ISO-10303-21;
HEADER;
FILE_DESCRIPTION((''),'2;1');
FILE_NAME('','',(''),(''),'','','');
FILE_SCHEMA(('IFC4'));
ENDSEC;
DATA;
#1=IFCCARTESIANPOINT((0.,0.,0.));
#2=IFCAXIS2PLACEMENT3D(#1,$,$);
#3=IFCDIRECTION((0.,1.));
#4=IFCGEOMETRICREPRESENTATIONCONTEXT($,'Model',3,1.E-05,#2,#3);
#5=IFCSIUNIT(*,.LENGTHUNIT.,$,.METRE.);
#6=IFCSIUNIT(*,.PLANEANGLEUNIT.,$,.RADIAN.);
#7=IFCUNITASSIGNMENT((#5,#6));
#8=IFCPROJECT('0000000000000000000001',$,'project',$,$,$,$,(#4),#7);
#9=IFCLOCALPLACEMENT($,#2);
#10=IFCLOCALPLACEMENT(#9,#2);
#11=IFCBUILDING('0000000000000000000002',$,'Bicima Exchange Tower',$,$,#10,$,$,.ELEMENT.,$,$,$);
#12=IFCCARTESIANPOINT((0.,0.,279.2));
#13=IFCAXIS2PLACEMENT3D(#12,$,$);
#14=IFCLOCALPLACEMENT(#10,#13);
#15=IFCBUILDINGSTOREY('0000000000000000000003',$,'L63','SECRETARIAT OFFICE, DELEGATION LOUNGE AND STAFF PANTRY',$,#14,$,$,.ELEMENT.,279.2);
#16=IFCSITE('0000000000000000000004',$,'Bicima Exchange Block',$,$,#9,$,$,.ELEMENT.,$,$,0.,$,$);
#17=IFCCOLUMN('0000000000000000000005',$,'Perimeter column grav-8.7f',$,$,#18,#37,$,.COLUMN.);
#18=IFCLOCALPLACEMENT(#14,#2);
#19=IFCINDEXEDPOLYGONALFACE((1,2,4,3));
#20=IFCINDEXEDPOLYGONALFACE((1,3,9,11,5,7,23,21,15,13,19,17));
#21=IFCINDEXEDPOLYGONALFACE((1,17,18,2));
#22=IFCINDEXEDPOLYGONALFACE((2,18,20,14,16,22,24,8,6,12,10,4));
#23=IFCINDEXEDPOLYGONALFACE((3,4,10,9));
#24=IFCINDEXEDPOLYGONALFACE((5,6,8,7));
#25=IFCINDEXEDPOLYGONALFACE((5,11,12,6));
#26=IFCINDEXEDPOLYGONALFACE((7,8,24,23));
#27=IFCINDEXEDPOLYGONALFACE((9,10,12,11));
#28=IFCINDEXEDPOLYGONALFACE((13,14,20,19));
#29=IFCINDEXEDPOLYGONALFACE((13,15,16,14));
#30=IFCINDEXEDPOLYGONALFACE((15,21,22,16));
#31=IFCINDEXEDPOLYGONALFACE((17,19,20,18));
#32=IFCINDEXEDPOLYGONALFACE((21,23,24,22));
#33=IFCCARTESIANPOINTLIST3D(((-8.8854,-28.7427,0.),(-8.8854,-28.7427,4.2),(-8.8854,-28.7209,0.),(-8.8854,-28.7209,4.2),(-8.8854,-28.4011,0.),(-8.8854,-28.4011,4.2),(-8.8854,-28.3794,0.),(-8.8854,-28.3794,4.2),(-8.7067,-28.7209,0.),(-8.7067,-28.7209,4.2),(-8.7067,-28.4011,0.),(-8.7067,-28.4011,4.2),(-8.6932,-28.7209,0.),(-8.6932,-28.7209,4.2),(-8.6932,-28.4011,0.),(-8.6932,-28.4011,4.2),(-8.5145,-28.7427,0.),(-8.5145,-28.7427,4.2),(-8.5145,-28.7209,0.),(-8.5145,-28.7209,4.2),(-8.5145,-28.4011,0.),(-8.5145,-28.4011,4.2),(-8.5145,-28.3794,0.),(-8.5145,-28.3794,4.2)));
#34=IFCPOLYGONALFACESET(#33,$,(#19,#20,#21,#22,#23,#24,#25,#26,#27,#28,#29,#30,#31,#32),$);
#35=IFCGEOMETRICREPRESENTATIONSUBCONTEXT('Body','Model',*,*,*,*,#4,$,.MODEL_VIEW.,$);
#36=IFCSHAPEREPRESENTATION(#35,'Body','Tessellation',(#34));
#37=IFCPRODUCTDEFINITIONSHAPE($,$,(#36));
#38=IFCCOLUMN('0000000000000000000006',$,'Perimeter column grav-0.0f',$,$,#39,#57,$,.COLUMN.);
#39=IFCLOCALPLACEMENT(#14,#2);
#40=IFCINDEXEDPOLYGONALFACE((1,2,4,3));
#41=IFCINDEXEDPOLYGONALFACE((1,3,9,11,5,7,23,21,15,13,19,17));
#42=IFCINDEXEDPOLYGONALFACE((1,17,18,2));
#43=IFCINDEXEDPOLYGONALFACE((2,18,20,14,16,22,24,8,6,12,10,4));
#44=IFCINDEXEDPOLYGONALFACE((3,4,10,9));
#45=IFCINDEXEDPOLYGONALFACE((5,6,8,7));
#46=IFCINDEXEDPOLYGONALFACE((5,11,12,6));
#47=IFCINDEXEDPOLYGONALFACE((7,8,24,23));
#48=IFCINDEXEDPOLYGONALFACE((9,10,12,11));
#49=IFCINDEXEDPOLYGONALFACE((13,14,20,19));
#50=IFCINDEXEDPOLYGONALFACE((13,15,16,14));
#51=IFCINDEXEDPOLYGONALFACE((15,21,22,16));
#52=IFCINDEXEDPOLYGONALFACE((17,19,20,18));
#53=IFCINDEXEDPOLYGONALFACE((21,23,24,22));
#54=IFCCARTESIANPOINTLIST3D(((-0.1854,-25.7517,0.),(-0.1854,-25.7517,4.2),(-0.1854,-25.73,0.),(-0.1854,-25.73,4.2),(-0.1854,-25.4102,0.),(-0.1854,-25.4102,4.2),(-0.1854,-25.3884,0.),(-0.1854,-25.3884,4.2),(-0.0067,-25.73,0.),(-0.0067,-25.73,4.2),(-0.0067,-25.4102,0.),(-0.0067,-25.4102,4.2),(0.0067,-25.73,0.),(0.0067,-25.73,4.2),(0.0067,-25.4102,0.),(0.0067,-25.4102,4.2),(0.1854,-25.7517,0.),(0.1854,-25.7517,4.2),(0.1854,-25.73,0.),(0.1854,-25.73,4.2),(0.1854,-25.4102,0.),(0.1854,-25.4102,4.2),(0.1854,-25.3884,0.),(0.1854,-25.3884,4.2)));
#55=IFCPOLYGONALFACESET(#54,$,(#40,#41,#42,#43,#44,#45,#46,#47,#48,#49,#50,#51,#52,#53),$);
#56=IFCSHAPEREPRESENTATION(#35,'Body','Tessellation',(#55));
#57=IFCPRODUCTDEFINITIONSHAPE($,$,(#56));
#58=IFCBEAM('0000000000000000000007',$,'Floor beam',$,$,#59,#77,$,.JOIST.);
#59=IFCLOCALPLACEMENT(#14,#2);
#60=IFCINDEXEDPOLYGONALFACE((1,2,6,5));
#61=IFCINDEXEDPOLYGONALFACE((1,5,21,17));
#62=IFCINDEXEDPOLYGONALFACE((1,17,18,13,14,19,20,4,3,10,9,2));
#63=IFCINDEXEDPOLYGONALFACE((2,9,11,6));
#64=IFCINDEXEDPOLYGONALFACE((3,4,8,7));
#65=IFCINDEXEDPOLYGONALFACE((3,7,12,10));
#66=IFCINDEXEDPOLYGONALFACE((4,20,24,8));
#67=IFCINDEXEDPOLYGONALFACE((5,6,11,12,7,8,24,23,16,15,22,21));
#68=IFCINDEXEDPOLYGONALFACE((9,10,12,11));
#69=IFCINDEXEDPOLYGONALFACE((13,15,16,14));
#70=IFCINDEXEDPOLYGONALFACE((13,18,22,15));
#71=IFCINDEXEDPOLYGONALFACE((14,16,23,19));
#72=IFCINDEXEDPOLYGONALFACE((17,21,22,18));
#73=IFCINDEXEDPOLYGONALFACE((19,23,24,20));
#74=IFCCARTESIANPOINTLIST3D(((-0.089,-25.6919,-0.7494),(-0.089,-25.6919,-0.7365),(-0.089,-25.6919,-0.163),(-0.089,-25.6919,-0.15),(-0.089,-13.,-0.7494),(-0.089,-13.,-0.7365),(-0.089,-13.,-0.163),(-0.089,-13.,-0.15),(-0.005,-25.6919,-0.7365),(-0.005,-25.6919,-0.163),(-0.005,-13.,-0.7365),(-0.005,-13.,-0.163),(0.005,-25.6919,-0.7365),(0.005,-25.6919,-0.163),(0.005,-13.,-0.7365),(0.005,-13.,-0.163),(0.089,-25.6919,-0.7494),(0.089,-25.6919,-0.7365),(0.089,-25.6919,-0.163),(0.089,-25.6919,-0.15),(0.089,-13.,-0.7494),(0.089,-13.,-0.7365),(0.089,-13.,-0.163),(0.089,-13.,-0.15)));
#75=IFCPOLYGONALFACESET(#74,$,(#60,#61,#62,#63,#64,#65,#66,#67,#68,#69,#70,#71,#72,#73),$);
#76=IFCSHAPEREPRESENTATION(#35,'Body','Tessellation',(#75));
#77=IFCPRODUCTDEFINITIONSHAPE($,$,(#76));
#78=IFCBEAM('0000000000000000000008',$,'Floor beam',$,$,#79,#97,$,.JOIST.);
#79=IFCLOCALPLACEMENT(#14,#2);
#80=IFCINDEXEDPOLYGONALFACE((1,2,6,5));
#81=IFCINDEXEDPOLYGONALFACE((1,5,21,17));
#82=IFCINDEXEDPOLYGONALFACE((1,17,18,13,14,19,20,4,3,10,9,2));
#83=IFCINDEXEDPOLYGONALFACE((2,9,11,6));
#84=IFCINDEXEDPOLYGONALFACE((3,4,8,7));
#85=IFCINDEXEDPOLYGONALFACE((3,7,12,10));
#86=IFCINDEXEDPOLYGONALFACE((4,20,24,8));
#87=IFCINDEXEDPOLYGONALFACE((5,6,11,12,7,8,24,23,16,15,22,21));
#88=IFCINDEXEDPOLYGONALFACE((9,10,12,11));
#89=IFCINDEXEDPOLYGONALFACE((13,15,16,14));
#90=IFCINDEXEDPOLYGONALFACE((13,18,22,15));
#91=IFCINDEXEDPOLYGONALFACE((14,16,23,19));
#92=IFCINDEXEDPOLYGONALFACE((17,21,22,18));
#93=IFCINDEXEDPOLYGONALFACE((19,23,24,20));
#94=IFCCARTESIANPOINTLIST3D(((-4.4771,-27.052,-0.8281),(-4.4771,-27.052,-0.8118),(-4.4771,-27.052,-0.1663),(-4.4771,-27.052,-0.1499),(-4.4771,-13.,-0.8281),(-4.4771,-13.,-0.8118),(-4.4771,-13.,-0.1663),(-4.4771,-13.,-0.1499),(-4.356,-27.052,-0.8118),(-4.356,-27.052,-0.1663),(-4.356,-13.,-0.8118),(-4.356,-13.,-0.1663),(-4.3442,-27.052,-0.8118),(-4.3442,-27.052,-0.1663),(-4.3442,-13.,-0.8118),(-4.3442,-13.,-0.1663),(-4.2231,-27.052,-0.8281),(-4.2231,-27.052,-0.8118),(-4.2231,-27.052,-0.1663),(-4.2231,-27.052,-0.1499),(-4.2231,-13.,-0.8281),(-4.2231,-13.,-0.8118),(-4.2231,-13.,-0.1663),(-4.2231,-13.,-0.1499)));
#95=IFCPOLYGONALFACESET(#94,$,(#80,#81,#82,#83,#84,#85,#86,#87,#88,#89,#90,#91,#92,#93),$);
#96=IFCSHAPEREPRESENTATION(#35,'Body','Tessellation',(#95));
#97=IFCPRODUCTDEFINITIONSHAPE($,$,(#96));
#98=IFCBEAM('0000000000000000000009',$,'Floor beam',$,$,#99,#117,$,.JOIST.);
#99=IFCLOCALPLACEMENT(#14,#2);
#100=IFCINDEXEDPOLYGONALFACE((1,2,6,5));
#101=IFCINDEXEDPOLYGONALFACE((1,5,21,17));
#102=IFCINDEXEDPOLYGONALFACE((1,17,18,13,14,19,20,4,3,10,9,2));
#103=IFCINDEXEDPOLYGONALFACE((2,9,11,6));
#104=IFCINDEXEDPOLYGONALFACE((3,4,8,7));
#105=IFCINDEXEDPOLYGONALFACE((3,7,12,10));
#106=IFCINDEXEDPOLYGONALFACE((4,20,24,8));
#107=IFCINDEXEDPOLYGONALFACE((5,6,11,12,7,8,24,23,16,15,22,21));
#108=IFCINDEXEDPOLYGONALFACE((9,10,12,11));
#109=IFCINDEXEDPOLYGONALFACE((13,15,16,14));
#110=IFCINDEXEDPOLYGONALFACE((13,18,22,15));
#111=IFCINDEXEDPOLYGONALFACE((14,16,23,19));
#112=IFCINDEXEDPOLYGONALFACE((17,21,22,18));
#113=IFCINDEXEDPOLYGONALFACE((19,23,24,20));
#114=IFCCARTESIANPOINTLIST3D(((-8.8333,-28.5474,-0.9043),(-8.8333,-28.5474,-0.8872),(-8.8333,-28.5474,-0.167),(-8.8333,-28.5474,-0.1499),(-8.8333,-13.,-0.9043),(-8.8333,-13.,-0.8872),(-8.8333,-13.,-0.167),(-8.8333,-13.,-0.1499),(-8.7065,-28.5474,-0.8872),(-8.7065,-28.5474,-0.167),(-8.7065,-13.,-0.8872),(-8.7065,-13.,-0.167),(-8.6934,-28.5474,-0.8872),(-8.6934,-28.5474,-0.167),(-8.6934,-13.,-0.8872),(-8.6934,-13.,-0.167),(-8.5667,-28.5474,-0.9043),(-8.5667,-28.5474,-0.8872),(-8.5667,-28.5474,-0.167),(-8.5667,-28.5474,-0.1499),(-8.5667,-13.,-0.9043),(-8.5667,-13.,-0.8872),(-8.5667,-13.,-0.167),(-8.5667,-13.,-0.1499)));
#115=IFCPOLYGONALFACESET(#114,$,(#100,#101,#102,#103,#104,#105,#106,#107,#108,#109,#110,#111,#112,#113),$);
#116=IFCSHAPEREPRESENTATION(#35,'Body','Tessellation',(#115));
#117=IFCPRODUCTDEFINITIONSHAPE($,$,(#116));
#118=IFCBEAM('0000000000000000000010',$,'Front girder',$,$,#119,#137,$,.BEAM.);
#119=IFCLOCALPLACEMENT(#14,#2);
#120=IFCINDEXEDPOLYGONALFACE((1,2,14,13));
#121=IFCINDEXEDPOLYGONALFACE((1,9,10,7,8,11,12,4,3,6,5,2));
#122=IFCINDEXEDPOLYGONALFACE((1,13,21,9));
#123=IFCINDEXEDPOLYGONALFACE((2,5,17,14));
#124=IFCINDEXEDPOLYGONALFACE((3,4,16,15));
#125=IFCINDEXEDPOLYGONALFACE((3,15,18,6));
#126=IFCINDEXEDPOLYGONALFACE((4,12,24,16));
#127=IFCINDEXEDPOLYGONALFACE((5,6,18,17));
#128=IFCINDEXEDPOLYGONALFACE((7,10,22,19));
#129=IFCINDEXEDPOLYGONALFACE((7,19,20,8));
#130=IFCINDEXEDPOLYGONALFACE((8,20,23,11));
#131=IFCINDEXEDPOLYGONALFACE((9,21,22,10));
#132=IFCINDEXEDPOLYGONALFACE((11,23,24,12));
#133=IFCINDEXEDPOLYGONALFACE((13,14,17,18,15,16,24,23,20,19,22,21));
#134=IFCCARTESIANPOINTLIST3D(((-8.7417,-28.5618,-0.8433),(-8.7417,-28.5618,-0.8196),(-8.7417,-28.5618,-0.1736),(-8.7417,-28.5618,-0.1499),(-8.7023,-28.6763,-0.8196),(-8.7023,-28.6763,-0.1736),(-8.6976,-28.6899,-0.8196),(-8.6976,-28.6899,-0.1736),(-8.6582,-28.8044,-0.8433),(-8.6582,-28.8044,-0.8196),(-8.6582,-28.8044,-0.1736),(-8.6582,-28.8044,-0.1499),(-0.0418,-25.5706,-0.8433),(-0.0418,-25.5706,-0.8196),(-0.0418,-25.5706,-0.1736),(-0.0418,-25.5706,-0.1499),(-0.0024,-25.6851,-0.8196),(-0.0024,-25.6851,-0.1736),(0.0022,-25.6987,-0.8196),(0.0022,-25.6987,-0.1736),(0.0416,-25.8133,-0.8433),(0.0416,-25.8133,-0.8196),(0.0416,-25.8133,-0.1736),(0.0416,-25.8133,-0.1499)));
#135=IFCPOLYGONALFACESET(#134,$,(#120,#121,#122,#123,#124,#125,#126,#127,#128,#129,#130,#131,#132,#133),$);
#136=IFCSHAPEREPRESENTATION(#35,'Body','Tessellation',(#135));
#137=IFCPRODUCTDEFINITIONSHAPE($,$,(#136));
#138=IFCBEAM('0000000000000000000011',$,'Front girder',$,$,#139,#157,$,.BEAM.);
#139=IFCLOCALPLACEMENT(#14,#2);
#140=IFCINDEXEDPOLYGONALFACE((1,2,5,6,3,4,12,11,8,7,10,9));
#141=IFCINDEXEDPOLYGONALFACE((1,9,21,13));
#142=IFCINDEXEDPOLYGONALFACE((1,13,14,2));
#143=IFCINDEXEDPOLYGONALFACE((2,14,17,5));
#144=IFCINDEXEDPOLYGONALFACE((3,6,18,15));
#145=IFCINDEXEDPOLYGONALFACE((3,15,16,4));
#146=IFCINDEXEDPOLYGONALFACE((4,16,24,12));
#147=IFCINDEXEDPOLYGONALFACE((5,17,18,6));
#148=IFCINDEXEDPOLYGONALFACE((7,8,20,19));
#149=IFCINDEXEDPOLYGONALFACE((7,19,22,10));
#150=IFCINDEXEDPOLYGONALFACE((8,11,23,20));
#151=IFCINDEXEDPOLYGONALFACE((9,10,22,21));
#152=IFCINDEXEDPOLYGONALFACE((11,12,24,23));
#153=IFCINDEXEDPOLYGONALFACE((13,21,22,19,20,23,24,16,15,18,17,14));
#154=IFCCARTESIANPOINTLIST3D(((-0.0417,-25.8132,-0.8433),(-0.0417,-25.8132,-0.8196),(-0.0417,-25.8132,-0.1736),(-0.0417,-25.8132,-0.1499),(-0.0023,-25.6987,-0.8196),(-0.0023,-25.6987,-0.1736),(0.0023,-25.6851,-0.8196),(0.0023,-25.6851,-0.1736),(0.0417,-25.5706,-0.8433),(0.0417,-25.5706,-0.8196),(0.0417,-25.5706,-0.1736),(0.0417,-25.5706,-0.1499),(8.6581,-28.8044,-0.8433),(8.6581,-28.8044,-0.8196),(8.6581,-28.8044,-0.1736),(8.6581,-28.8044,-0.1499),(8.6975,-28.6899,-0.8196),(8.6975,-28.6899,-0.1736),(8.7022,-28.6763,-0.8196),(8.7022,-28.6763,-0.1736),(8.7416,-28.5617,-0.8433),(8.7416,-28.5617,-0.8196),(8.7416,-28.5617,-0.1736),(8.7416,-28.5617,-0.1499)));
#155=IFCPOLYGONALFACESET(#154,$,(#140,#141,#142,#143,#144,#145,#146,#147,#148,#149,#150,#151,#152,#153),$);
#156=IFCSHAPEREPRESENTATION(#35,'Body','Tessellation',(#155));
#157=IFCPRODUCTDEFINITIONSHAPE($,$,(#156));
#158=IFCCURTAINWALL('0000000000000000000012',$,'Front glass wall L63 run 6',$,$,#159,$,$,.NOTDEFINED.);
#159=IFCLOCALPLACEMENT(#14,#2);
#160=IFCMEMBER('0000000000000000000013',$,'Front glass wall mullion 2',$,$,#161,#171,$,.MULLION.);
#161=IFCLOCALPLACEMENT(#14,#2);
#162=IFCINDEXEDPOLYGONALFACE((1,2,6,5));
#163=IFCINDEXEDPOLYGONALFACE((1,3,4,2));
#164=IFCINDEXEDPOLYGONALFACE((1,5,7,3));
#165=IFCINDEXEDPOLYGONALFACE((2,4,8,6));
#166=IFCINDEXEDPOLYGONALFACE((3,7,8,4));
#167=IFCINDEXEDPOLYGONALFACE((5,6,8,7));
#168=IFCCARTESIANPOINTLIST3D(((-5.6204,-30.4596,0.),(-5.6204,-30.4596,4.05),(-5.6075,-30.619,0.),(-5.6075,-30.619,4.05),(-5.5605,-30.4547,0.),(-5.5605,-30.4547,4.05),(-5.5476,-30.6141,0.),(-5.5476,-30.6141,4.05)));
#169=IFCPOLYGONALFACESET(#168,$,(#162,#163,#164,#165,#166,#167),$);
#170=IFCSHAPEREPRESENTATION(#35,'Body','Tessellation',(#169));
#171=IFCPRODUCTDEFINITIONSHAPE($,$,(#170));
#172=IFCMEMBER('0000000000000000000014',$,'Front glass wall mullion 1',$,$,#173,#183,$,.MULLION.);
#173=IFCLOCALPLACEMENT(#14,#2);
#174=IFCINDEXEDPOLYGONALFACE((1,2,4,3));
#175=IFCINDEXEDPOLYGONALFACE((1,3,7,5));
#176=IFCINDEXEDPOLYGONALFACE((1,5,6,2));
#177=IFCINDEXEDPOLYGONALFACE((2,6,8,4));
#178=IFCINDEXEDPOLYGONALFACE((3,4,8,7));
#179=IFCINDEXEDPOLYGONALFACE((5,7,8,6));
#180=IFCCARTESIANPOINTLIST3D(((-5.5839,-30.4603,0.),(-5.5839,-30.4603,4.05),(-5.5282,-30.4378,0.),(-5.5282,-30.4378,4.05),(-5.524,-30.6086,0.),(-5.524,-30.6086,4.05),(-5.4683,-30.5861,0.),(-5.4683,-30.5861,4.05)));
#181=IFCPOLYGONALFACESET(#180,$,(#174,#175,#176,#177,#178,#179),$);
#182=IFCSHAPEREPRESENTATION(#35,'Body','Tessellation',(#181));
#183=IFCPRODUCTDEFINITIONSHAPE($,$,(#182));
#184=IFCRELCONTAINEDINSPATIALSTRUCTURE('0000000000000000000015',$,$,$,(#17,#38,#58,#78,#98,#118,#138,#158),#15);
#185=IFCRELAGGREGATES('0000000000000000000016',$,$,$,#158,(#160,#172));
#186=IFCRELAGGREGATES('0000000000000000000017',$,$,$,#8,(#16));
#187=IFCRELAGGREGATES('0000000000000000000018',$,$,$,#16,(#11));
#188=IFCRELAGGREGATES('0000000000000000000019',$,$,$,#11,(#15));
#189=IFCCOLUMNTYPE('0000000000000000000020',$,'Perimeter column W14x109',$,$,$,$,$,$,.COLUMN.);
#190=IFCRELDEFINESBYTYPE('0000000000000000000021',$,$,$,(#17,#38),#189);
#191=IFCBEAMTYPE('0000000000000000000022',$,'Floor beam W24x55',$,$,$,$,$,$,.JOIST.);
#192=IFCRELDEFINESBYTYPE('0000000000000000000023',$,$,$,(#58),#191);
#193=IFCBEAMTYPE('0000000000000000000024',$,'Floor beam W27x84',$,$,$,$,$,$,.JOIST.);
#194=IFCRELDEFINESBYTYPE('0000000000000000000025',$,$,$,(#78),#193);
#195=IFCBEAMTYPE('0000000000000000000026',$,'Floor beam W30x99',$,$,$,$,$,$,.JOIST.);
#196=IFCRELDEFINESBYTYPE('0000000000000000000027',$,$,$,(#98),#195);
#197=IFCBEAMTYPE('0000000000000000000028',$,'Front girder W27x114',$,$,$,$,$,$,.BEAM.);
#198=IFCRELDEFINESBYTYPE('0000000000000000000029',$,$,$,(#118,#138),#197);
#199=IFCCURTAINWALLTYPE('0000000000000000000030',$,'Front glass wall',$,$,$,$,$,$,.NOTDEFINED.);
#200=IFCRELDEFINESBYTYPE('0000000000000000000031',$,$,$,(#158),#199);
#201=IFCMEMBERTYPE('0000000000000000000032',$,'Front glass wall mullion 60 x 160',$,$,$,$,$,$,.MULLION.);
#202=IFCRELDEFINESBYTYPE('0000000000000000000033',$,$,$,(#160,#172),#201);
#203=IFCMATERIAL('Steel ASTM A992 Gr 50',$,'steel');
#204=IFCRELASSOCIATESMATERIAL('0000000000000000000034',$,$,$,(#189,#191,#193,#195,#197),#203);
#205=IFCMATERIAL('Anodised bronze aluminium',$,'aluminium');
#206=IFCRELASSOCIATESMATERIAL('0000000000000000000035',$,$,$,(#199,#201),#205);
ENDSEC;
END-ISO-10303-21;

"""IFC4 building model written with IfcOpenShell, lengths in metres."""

from ifc_helpers import new_model, si_unit, direction, frame, origin, origin_2d, place, context, subcontext, project, spatial, rectangle, i_section, extrude, material, material_profile, profile_set, type_object, element, aggregate, save


model = new_model("IFC4")

# Units and contexts
model_context = context("Model", 3, precision=1e-05, world=origin(), true_north=direction((0.0, 1.0)))
body_context = subcontext(model_context, "Body", "Model", "MODEL_VIEW")
ifc_project = project(units=[si_unit("LENGTHUNIT", "METRE"), si_unit("PLANEANGLEUNIT", "RADIAN")], contexts=[model_context])

# Site, building, storey
site_placement = place(None, origin())
site = spatial("IfcSite", under=ifc_project, at=site_placement, Name="Bicima Exchange Block", CompositionType="ELEMENT", RefElevation=0.0)
building_placement = place(site_placement, origin())
building = spatial("IfcBuilding", under=site, at=building_placement, Name="Bicima Exchange Tower", CompositionType="ELEMENT")
storey_placement = place(building_placement, frame((0.0, 0.0, 279.2)))
storey = spatial("IfcBuildingStorey", under=building, at=storey_placement, Name="L63", Description="SECRETARIAT OFFICE, DELEGATION LOUNGE AND STAFF PANTRY", CompositionType="ELEMENT", Elevation=279.2)

# Columns
ifc_material_1 = material(Name="Steel ASTM A992 Gr 50", Category="steel")
ifc_material_profile_1 = material_profile(ifc_material_1, i_section(OverallWidth=0.3708, OverallDepth=0.3633, WebThickness=0.0134, FlangeThickness=0.0217, at=origin_2d()))
ifc_profile_set_1 = profile_set([ifc_material_profile_1], Name="Steel ASTM A992 Gr 50")
column_type = type_object("IfcColumnType", Name="Perimeter column W14x109", PredefinedType="COLUMN", material=ifc_profile_set_1)
for number, where, z_axis, x_axis, name in (
    (1, (-8.7, -28.561, 0.0), (0.0, 0.0, 1.0), (1.0, 0.0, 0.0), "Perimeter column grav-8.7f"),
    (2, (0.0, -25.5701, 0.0), (0.0, 0.0, 1.0), (1.0, 0.0, 0.0), "Perimeter column grav-0.0f"),
):
    element("IfcColumn", number, at=place(storey_placement, frame(where, z_axis=z_axis, x_axis=x_axis)), inside=storey, type_object=column_type, Name=name, PredefinedType="COLUMN", context=body_context, shape_type="SweptSolid", body=[
        extrude(i_section(OverallWidth=0.3708, OverallDepth=0.3633, WebThickness=0.0134, FlangeThickness=0.0217, at=origin_2d()), origin(), (0.0, 0.0, 1.0), 4.2),
    ])

# Beams
ifc_material_profile_2 = material_profile(ifc_material_1, i_section(OverallWidth=0.178, OverallDepth=0.5994, WebThickness=0.01, FlangeThickness=0.0129, at=origin_2d()))
ifc_profile_set_2 = profile_set([ifc_material_profile_2], Name="Steel ASTM A992 Gr 50")
beam_type_1 = type_object("IfcBeamType", Name="Floor beam W24x55", PredefinedType="JOIST", material=ifc_profile_set_2)
beam_1_placement = place(storey_placement, frame((0.0, -13.0, -0.4497), z_axis=(0.0, -1.0, 0.0), x_axis=(1.0, 0.0, 0.0)))
element("IfcBeam", 3, at=beam_1_placement, inside=storey, type_object=beam_type_1, Name="Floor beam", PredefinedType="JOIST", context=body_context, shape_type="SweptSolid", body=[
    extrude(i_section(OverallWidth=0.178, OverallDepth=0.5994, WebThickness=0.01, FlangeThickness=0.0129, at=origin_2d()), origin(), (0.0, 0.0, 1.0), 12.6919),
])
ifc_material_profile_3 = material_profile(ifc_material_1, i_section(OverallWidth=0.2539, OverallDepth=0.6782, WebThickness=0.0117, FlangeThickness=0.0164, at=origin_2d()))
ifc_profile_set_3 = profile_set([ifc_material_profile_3], Name="Steel ASTM A992 Gr 50")
beam_type_2 = type_object("IfcBeamType", Name="Floor beam W27x84", PredefinedType="JOIST", material=ifc_profile_set_3)
beam_2_placement = place(storey_placement, frame((-4.3501, -13.0, -0.489), z_axis=(0.0, -1.0, 0.0), x_axis=(1.0, 0.0, 0.0)))
element("IfcBeam", 4, at=beam_2_placement, inside=storey, type_object=beam_type_2, Name="Floor beam", PredefinedType="JOIST", context=body_context, shape_type="SweptSolid", body=[
    extrude(i_section(OverallWidth=0.2539, OverallDepth=0.6782, WebThickness=0.0117, FlangeThickness=0.0164, at=origin_2d()), origin(), (0.0, 0.0, 1.0), 14.052),
])
ifc_material_profile_4 = material_profile(ifc_material_1, i_section(OverallWidth=0.2666, OverallDepth=0.7544, WebThickness=0.0132, FlangeThickness=0.0171, at=origin_2d()))
ifc_profile_set_4 = profile_set([ifc_material_profile_4], Name="Steel ASTM A992 Gr 50")
beam_type_3 = type_object("IfcBeamType", Name="Floor beam W30x99", PredefinedType="JOIST", material=ifc_profile_set_4)
beam_3_placement = place(storey_placement, frame((-8.7, -13.0, -0.5271), z_axis=(0.0, -1.0, 0.0), x_axis=(1.0, 0.0, 0.0)))
element("IfcBeam", 5, at=beam_3_placement, inside=storey, type_object=beam_type_3, Name="Floor beam", PredefinedType="JOIST", context=body_context, shape_type="SweptSolid", body=[
    extrude(i_section(OverallWidth=0.2666, OverallDepth=0.7544, WebThickness=0.0132, FlangeThickness=0.0171, at=origin_2d()), origin(), (0.0, 0.0, 1.0), 15.5474),
])
ifc_material_profile_5 = material_profile(ifc_material_1, i_section(OverallWidth=0.2566, OverallDepth=0.6934, WebThickness=0.0144, FlangeThickness=0.0237, at=origin_2d()))
ifc_profile_set_5 = profile_set([ifc_material_profile_5], Name="Steel ASTM A992 Gr 50")
beam_type_4 = type_object("IfcBeamType", Name="Front girder W27x114", PredefinedType="BEAM", material=ifc_profile_set_5)
for number, where, z_axis, x_axis, name in (
    (6, (-8.7, -28.6831, -0.4966), (0.945666, 0.325138, 0.0), (-0.325138, 0.945666, 0.0), "Front girder"),
    (7, (0.0, -25.6919, -0.4966), (0.945666, -0.325138, 0.0), (0.325138, 0.945666, 0.0), "Front girder"),
):
    element("IfcBeam", number, at=place(storey_placement, frame(where, z_axis=z_axis, x_axis=x_axis)), inside=storey, type_object=beam_type_4, Name=name, PredefinedType="BEAM", context=body_context, shape_type="SweptSolid", body=[
        extrude(i_section(OverallWidth=0.2566, OverallDepth=0.6934, WebThickness=0.0144, FlangeThickness=0.0237, at=origin_2d()), origin(), (0.0, 0.0, 1.0), 9.1997),
    ])

# Curtain wall, members
ifc_material_2 = material(Name="Anodised bronze aluminium", Category="aluminium")
curtain_wall_type = type_object("IfcCurtainWallType", Name="Front glass wall", PredefinedType="NOTDEFINED", material=ifc_material_2)
curtain_wall_placement = place(storey_placement, origin())
curtain_wall = element("IfcCurtainWall", 8, at=curtain_wall_placement, inside=storey, type_object=curtain_wall_type, Name="Front glass wall L63 run 6", PredefinedType="NOTDEFINED")
ifc_material_profile_6 = material_profile(ifc_material_2, rectangle(XDim=0.1599, YDim=0.0601, at=origin_2d()))
ifc_profile_set_6 = profile_set([ifc_material_profile_6], Name="Anodised bronze aluminium")
member_type_1 = type_object("IfcMemberType", Name="Front glass wall mullion 60 x 160", PredefinedType="MULLION", material=ifc_profile_set_6)
member_1_placement = place(storey_placement, frame((-5.584, -30.5369, 0.0), z_axis=(0.0, 0.0, 1.0), x_axis=(-0.080589, 0.996747, 0.0)))
member_1 = element("IfcMember", 9, at=member_1_placement, type_object=member_type_1, Name="Front glass wall mullion 2", PredefinedType="MULLION", context=body_context, shape_type="SweptSolid", body=[
    extrude(rectangle(XDim=0.1599, YDim=0.0601, at=origin_2d()), origin(), (0.0, 0.0, 1.0), 4.05),
])
member_2_placement = place(storey_placement, frame((-5.5261, -30.5232, 0.0), z_axis=(0.0, 0.0, 1.0), x_axis=(-0.374705, 0.927144, 0.0)))
member_2 = element("IfcMember", 10, at=member_2_placement, type_object=member_type_1, Name="Front glass wall mullion 1", PredefinedType="MULLION", context=body_context, shape_type="SweptSolid", body=[
    extrude(rectangle(XDim=0.1599, YDim=0.0601, at=origin_2d()), origin(), (0.0, 0.0, 1.0), 4.05),
])

aggregate(curtain_wall, [member_1, member_2])

save(model, "model.ifc")
